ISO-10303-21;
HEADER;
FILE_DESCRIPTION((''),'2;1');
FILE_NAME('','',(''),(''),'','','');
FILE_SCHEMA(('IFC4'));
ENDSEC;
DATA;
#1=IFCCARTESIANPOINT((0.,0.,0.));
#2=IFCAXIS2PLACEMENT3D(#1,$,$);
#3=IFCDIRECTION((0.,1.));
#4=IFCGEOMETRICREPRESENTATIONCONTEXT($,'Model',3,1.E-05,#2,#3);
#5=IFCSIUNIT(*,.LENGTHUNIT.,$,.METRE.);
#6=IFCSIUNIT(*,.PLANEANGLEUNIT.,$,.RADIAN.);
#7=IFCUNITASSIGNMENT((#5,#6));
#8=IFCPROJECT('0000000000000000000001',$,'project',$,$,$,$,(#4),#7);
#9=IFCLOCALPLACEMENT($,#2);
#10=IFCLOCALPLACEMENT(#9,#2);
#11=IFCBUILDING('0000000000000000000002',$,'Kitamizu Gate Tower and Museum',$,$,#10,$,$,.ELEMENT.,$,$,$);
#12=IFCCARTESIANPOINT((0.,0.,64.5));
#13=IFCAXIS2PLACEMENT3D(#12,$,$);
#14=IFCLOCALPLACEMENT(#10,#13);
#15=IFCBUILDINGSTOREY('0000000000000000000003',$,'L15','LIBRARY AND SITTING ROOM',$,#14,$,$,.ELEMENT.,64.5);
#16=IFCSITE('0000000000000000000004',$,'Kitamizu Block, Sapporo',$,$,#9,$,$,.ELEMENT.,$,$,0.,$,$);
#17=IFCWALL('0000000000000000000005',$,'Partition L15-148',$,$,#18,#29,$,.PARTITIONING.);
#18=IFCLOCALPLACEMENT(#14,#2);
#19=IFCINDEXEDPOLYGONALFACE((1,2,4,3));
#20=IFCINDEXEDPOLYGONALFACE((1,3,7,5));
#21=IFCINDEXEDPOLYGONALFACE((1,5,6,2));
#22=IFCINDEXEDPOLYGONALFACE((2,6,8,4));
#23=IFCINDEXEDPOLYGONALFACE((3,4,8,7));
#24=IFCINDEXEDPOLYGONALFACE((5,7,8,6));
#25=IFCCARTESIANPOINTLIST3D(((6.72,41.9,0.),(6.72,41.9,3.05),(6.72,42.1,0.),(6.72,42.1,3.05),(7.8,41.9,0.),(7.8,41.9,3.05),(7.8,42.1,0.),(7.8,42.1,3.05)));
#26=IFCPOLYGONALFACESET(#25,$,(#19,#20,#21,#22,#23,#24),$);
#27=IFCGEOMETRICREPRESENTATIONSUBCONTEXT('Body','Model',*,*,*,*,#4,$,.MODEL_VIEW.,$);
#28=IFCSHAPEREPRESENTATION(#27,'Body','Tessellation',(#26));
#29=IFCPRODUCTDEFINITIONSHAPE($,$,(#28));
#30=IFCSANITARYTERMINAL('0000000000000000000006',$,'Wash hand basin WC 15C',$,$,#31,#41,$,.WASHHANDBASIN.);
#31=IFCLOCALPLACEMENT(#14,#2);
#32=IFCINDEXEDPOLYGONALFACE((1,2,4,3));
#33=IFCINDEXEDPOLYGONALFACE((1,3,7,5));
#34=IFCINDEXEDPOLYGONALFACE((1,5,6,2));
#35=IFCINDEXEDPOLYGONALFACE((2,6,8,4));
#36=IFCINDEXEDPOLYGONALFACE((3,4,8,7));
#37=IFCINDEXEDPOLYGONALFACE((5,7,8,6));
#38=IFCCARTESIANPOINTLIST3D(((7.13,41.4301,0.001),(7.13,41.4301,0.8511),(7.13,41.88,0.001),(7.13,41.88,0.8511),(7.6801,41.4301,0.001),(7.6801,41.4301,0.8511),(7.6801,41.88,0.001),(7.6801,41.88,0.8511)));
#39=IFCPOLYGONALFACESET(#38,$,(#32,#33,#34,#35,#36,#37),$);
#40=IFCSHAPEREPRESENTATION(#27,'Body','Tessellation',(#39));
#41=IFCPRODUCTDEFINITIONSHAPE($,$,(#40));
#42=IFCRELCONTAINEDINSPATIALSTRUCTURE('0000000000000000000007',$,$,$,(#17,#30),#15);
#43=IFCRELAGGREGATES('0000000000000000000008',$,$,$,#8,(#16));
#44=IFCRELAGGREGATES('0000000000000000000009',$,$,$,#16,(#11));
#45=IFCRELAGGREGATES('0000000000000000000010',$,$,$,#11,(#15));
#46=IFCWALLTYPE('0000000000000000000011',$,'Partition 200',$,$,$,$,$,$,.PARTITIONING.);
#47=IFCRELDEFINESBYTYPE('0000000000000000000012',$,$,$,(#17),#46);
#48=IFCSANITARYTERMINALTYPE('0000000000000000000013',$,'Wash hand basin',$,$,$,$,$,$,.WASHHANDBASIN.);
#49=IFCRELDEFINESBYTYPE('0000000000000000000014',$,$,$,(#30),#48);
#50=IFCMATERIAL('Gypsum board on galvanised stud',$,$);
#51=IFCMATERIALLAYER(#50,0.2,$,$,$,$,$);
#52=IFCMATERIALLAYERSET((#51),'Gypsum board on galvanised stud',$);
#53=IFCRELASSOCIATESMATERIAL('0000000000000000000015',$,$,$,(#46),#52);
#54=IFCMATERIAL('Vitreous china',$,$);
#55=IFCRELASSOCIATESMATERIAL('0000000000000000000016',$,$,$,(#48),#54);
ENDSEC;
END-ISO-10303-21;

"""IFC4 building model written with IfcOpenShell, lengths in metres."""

from ifc_helpers import new_model, si_unit, direction, frame, frame_2d, origin, origin_2d, place, context, subcontext, project, spatial, rectangle, extrude, material, layer, layer_set, type_object, element, save


model = new_model("IFC4")

# Units and contexts
model_context = context("Model", 3, precision=1e-05, world=origin(), true_north=direction((0.0, 1.0)))
body_context = subcontext(model_context, "Body", "Model", "MODEL_VIEW")
ifc_project = project(units=[si_unit("LENGTHUNIT", "METRE"), si_unit("PLANEANGLEUNIT", "RADIAN")], contexts=[model_context])

# Site, building, storey
site_placement = place(None, origin())
site = spatial("IfcSite", under=ifc_project, at=site_placement, Name="Kitamizu Block, Sapporo", CompositionType="ELEMENT", RefElevation=0.0)
building_placement = place(site_placement, origin())
building = spatial("IfcBuilding", under=site, at=building_placement, Name="Kitamizu Gate Tower and Museum", CompositionType="ELEMENT")
storey_placement = place(building_placement, frame((0.0, 0.0, 64.5)))
storey = spatial("IfcBuildingStorey", under=building, at=storey_placement, Name="L15", Description="LIBRARY AND SITTING ROOM", CompositionType="ELEMENT", Elevation=64.5)

# Wall
ifc_material_1 = material(Name="Gypsum board on galvanised stud")
ifc_layer_1 = layer(ifc_material_1, 0.2)
ifc_layer_set_1 = layer_set([ifc_layer_1], Name="Gypsum board on galvanised stud")
wall_type_1 = type_object("IfcWallType", Name="Partition 200", PredefinedType="PARTITIONING", material=ifc_layer_set_1)
wall_1_placement = place(storey_placement, frame((7.8, 42.0, 0.0), z_axis=(0.0, 0.0, 1.0), x_axis=(-1.0, 0.0, 0.0)))
element("IfcWall", 1, at=wall_1_placement, inside=storey, type_object=wall_type_1, Name="Partition L15-148", PredefinedType="PARTITIONING", context=body_context, shape_type="SweptSolid", body=[
    extrude(rectangle(XDim=1.0801, YDim=0.2, at=frame_2d((0.54, 0.0))), origin(), (0.0, 0.0, 1.0), 3.05),
])

# Sanitary terminal
ifc_material_2 = material(Name="Vitreous china")
sanitary_terminal_type = type_object("IfcSanitaryTerminalType", Name="Wash hand basin", PredefinedType="WASHHANDBASIN", material=ifc_material_2)
sanitary_terminal_placement = place(storey_placement, frame((7.405, 41.655, 0.001), z_axis=(0.0, 0.0, 1.0), x_axis=(1.0, 0.0, 0.0)))
element("IfcSanitaryTerminal", 2, at=sanitary_terminal_placement, inside=storey, type_object=sanitary_terminal_type, Name="Wash hand basin WC 15C", PredefinedType="WASHHANDBASIN", context=body_context, shape_type="SweptSolid", body=[
    extrude(rectangle(XDim=0.55, YDim=0.45, at=origin_2d()), origin(), (0.0, 0.0, 1.0), 0.8501),
])

save(model, "model.ifc")
